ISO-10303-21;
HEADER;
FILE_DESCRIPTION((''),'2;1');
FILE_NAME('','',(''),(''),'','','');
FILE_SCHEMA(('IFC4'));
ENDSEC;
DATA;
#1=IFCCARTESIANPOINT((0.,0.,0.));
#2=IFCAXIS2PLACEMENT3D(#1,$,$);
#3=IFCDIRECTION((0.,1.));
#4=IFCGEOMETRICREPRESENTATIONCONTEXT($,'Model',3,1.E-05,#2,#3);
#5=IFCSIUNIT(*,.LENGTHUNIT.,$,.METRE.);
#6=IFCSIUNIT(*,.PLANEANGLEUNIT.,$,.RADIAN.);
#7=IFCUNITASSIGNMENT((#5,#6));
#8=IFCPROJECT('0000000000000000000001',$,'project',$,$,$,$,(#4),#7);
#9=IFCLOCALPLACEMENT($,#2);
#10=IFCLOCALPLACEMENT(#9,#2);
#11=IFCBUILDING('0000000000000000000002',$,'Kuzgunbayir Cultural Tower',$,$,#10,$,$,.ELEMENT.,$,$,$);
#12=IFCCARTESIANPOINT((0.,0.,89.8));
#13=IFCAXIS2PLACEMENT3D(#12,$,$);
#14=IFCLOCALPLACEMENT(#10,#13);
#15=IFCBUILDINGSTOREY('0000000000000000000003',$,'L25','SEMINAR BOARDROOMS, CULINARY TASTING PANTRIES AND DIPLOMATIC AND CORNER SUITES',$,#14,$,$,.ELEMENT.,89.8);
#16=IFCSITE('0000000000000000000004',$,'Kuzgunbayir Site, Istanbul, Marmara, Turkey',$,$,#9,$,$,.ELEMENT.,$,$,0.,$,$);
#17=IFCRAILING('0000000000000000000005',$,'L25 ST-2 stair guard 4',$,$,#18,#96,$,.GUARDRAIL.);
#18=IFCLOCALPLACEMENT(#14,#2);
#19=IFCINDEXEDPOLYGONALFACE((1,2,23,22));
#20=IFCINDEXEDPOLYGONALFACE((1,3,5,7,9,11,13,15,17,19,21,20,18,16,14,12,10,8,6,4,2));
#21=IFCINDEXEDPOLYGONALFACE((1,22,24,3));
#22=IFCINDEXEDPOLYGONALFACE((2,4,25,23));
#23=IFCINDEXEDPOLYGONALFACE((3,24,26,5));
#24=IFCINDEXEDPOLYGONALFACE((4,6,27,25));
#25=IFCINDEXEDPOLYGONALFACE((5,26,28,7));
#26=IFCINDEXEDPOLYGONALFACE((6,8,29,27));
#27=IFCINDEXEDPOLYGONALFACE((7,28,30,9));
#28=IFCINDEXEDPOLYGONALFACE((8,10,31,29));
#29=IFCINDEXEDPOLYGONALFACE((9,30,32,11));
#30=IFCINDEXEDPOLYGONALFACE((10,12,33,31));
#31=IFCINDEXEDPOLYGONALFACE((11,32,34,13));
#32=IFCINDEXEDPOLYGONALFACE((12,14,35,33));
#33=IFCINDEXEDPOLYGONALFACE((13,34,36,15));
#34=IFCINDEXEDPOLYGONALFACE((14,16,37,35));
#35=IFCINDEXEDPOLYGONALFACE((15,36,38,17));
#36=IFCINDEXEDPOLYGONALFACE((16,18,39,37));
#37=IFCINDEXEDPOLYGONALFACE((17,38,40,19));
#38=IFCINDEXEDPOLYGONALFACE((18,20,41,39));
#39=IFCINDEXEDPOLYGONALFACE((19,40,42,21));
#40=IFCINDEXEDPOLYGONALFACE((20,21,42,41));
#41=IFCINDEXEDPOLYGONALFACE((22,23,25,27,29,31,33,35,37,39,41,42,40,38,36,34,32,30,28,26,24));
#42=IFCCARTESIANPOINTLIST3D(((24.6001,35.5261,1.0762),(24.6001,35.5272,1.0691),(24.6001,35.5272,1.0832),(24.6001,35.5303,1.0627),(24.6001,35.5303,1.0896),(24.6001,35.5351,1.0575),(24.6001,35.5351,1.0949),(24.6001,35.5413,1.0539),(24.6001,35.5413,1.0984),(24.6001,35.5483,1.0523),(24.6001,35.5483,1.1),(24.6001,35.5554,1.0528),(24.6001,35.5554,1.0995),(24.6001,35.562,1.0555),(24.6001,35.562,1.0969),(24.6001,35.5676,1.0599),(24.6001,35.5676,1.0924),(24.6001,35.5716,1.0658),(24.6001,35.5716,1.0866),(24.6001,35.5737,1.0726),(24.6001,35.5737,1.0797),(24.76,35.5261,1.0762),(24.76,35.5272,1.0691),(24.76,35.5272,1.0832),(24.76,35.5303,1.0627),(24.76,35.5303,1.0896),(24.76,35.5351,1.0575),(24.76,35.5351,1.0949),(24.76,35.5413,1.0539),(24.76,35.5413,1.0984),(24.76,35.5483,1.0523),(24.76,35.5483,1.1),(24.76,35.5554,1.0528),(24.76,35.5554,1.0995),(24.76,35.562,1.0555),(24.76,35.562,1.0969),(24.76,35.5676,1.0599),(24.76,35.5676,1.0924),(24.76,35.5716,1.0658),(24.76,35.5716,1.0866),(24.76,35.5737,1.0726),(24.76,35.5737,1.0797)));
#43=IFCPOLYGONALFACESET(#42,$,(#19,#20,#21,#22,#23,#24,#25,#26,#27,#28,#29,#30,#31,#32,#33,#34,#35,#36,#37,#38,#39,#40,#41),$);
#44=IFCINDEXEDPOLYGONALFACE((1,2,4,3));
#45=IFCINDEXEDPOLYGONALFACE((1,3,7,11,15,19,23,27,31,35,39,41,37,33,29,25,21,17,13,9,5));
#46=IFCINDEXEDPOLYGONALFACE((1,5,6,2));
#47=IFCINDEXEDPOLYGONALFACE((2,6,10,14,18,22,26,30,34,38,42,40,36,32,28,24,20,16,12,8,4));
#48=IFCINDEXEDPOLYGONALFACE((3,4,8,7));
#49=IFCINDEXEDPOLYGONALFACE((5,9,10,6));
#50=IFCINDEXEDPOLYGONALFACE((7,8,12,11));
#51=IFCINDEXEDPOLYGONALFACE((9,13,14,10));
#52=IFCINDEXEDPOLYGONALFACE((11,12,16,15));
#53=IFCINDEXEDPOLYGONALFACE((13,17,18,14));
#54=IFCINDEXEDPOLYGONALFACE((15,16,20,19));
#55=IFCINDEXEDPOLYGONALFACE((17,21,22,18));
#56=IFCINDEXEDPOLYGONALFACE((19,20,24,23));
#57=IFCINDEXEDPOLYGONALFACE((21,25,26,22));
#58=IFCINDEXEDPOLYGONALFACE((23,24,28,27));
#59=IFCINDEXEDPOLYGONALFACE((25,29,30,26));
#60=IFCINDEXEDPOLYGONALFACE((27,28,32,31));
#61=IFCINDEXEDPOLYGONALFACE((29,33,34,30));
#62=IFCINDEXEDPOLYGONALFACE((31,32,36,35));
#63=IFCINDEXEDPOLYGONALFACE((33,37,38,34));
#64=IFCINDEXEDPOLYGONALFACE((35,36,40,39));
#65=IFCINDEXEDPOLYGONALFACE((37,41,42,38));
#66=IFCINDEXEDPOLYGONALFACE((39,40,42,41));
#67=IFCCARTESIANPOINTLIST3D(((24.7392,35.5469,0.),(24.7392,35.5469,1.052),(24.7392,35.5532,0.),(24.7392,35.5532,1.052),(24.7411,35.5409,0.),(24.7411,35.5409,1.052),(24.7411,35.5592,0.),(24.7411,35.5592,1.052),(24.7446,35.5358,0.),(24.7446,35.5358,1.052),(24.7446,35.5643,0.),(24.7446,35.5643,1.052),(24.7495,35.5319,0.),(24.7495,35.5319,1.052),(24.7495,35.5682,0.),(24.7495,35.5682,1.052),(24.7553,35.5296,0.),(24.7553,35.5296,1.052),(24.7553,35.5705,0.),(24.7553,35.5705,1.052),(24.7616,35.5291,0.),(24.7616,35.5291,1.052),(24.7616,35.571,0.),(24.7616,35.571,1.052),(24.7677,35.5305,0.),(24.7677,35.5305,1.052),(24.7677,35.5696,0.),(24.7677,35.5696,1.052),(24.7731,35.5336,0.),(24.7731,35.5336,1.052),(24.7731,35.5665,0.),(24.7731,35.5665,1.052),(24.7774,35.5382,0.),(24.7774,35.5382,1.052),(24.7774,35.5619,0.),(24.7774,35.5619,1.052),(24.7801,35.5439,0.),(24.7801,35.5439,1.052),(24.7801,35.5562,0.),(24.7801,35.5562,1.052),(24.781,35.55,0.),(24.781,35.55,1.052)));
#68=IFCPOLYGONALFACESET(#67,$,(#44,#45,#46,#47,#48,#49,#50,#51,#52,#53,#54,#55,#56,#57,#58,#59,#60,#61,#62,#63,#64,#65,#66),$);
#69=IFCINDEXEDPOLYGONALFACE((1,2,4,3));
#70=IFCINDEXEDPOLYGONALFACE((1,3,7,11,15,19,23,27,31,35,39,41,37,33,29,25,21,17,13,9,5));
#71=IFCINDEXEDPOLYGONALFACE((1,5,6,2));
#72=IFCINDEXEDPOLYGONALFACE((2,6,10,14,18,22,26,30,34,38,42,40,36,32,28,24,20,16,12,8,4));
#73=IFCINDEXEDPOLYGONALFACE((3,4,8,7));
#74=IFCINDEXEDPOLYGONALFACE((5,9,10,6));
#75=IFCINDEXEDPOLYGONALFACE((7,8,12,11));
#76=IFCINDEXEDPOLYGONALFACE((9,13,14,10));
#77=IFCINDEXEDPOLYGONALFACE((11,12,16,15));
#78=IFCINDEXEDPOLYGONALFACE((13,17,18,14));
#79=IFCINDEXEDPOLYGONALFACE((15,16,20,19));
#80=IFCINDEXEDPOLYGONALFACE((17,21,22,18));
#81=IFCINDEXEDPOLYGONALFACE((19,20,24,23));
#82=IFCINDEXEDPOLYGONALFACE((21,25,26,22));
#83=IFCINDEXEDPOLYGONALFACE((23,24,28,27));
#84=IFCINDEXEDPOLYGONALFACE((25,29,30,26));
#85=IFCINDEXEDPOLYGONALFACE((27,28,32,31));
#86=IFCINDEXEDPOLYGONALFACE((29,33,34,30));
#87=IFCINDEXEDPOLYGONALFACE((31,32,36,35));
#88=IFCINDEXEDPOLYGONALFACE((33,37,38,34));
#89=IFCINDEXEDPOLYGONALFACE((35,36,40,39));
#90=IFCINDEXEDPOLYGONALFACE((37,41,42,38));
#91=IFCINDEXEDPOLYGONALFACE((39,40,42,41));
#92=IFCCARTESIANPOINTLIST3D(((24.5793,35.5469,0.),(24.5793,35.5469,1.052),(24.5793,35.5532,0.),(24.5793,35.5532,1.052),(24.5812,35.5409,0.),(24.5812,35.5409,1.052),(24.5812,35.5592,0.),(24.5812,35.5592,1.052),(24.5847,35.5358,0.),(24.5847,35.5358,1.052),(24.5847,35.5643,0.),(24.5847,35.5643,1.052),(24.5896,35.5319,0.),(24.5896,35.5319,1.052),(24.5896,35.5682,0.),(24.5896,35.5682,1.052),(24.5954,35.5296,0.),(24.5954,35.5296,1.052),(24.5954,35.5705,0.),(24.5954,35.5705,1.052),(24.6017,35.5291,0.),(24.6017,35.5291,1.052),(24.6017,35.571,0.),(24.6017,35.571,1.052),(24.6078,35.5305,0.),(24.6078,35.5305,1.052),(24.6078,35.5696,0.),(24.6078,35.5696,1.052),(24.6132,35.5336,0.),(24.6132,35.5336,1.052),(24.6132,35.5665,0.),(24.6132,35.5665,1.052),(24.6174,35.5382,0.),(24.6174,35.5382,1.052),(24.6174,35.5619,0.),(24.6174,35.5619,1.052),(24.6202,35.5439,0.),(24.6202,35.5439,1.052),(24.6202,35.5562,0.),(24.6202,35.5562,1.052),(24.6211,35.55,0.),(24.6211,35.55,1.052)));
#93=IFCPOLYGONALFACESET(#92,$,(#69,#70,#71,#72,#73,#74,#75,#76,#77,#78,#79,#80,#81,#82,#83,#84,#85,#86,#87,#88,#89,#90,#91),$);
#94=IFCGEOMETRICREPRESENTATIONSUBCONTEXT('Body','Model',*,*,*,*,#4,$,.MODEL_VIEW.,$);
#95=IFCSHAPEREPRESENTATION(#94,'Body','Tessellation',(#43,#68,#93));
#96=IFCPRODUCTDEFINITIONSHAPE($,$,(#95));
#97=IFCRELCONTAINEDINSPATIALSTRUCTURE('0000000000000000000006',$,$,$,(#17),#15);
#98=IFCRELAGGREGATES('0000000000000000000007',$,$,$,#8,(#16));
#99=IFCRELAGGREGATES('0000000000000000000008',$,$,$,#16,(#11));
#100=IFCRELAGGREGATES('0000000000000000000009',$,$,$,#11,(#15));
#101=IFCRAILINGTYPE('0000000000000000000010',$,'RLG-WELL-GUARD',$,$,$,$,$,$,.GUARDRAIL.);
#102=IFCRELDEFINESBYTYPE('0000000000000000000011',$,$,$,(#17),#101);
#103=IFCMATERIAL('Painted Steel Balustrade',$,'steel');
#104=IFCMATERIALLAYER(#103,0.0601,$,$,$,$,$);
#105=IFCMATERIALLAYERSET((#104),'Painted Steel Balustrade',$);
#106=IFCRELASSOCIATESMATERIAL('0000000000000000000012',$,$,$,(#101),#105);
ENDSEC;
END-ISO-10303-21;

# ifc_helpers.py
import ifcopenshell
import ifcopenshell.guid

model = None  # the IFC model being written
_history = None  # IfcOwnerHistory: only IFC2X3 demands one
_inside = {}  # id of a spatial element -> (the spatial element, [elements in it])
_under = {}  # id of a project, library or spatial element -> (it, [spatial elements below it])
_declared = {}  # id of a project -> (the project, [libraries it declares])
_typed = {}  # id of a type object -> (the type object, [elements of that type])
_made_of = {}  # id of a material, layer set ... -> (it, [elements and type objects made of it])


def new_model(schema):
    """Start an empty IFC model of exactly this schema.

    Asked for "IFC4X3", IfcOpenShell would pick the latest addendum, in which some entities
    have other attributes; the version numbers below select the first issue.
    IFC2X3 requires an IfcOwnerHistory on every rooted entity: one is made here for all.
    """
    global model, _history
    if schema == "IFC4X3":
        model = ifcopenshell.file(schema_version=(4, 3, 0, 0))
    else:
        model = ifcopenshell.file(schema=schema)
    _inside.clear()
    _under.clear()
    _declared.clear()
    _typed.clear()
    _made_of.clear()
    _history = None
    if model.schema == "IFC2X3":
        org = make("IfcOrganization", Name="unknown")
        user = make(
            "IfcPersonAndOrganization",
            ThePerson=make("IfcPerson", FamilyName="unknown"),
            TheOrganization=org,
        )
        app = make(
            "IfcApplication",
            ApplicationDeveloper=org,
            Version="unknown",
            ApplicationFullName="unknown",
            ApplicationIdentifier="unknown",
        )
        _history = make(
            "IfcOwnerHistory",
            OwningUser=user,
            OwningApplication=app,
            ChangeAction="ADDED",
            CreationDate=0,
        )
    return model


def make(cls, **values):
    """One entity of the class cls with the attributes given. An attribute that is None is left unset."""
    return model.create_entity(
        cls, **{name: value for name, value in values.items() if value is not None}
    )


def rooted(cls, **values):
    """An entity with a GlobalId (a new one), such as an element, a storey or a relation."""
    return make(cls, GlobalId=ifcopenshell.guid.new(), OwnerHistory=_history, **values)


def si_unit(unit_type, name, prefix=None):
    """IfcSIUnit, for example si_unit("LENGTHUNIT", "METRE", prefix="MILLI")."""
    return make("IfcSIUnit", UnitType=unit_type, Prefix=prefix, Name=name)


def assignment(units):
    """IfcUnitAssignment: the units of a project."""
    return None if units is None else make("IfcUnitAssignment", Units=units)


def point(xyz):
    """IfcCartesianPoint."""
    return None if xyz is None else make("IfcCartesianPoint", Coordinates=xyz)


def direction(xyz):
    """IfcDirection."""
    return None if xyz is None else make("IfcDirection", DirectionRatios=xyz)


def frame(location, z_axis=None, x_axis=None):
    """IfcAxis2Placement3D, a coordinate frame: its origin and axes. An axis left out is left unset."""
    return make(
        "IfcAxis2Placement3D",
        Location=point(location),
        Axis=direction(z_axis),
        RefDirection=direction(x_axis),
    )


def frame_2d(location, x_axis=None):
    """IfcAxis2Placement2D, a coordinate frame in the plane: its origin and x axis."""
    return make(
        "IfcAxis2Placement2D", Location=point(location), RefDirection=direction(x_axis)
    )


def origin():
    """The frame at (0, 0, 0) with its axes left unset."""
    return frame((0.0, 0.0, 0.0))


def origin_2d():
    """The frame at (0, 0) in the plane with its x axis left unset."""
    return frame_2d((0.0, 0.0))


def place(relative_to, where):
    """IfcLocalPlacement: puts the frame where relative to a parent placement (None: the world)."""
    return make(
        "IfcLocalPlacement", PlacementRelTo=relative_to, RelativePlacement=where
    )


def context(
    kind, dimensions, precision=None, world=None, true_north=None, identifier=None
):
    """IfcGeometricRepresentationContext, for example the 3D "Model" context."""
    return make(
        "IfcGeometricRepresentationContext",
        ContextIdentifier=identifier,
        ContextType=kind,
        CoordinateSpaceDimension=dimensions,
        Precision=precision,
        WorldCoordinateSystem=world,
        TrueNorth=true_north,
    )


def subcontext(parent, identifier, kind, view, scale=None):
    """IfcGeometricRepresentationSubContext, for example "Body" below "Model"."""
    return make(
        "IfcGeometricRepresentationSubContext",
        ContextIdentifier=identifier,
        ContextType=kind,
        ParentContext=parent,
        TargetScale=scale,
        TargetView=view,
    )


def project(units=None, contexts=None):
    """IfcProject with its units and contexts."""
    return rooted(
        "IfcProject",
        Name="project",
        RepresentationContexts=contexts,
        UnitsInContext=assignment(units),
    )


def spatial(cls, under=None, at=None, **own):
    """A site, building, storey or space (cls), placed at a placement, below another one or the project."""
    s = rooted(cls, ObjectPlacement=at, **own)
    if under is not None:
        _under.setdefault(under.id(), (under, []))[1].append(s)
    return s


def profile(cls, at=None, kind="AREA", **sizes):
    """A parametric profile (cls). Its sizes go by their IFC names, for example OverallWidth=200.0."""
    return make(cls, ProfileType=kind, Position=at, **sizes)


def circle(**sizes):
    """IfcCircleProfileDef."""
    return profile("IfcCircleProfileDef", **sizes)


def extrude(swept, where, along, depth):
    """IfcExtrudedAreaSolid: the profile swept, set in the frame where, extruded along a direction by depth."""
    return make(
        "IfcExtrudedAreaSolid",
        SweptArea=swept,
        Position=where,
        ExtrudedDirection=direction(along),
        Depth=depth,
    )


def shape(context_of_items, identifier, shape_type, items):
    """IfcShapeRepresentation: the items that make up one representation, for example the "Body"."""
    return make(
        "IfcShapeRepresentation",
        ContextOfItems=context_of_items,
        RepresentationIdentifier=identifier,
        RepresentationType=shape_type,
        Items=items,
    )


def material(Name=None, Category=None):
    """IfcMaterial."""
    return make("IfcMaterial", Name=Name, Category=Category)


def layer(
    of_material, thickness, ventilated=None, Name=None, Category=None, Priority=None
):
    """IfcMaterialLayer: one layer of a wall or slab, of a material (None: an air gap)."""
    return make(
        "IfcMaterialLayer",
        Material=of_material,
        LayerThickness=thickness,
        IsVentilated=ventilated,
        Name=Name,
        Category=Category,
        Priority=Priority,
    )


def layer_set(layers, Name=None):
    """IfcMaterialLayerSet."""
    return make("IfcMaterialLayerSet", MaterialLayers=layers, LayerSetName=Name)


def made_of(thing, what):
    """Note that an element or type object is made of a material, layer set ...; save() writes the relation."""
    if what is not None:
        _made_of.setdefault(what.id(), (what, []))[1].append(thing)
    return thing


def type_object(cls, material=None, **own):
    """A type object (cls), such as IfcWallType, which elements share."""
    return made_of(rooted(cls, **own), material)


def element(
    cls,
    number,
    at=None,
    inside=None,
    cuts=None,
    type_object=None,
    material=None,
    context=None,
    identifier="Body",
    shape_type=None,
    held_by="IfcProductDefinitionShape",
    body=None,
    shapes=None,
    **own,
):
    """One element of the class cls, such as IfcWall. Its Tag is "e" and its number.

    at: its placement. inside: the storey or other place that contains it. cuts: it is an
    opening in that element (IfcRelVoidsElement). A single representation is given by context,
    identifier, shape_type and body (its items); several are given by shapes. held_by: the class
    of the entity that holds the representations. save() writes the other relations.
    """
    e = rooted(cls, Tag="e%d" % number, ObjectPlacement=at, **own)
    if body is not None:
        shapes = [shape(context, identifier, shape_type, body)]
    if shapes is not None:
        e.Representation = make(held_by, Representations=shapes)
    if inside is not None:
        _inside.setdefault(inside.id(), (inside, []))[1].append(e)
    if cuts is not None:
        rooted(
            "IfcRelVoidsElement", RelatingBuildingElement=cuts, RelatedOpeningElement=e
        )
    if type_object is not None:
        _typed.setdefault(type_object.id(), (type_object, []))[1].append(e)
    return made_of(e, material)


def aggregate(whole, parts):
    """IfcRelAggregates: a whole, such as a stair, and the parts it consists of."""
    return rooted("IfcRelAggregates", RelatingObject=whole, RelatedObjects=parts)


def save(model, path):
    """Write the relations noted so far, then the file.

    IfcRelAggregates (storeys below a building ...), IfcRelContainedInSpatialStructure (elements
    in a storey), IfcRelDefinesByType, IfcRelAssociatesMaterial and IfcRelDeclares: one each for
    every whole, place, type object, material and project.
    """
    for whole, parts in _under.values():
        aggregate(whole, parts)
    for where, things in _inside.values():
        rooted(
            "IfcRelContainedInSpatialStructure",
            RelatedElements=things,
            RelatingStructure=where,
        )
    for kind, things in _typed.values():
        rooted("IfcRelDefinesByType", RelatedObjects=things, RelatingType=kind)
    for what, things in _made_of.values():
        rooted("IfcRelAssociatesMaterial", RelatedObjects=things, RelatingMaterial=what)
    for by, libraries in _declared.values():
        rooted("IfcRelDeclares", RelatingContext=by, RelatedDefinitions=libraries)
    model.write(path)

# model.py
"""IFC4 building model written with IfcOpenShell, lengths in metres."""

from ifc_helpers import new_model, si_unit, direction, frame, origin, origin_2d, place, context, subcontext, project, spatial, circle, extrude, material, layer, layer_set, type_object, element, save


model = new_model("IFC4")

# Units and contexts
model_context = context("Model", 3, precision=1e-05, world=origin(), true_north=direction((0.0, 1.0)))
body_context = subcontext(model_context, "Body", "Model", "MODEL_VIEW")
ifc_project = project(units=[si_unit("LENGTHUNIT", "METRE"), si_unit("PLANEANGLEUNIT", "RADIAN")], contexts=[model_context])

# Site, building, storey
site_placement = place(None, origin())
site = spatial("IfcSite", under=ifc_project, at=site_placement, Name="Kuzgunbayir Site, Istanbul, Marmara, Turkey", CompositionType="ELEMENT", RefElevation=0.0)
building_placement = place(site_placement, origin())
building = spatial("IfcBuilding", under=site, at=building_placement, Name="Kuzgunbayir Cultural Tower", CompositionType="ELEMENT")
storey_placement = place(building_placement, frame((0.0, 0.0, 89.8)))
storey = spatial("IfcBuildingStorey", under=building, at=storey_placement, Name="L25", Description="SEMINAR BOARDROOMS, CULINARY TASTING PANTRIES AND DIPLOMATIC AND CORNER SUITES", CompositionType="ELEMENT", Elevation=89.8)

# Railing
ifc_material_1 = material(Name="Painted Steel Balustrade", Category="steel")
ifc_layer_1 = layer(ifc_material_1, 0.0601)
ifc_layer_set_1 = layer_set([ifc_layer_1], Name="Painted Steel Balustrade")
railing_type = type_object("IfcRailingType", Name="RLG-WELL-GUARD", PredefinedType="GUARDRAIL", material=ifc_layer_set_1)
railing_placement = place(storey_placement, frame((24.76, 35.55, 0.0)))
element("IfcRailing", 1, at=railing_placement, inside=storey, type_object=railing_type, Name="L25 ST-2 stair guard 4", PredefinedType="GUARDRAIL", context=body_context, shape_type="SweptSolid", body=[
    extrude(circle(Radius=0.0239, at=origin_2d()), frame((0.0, 0.0, 1.0762), z_axis=(-1.0, 0.0, 0.0), x_axis=(0.0, -1.0, 0.0)), (0.0, 0.0, 1.0), 0.1599),
    extrude(circle(Radius=0.021, at=origin_2d()), origin(), (0.0, 0.0, 1.0), 1.052),
    extrude(circle(Radius=0.021, at=origin_2d()), frame((-0.1599, 0.0, 0.0)), (0.0, 0.0, 1.0), 1.052),
])

save(model, "model.ifc")
